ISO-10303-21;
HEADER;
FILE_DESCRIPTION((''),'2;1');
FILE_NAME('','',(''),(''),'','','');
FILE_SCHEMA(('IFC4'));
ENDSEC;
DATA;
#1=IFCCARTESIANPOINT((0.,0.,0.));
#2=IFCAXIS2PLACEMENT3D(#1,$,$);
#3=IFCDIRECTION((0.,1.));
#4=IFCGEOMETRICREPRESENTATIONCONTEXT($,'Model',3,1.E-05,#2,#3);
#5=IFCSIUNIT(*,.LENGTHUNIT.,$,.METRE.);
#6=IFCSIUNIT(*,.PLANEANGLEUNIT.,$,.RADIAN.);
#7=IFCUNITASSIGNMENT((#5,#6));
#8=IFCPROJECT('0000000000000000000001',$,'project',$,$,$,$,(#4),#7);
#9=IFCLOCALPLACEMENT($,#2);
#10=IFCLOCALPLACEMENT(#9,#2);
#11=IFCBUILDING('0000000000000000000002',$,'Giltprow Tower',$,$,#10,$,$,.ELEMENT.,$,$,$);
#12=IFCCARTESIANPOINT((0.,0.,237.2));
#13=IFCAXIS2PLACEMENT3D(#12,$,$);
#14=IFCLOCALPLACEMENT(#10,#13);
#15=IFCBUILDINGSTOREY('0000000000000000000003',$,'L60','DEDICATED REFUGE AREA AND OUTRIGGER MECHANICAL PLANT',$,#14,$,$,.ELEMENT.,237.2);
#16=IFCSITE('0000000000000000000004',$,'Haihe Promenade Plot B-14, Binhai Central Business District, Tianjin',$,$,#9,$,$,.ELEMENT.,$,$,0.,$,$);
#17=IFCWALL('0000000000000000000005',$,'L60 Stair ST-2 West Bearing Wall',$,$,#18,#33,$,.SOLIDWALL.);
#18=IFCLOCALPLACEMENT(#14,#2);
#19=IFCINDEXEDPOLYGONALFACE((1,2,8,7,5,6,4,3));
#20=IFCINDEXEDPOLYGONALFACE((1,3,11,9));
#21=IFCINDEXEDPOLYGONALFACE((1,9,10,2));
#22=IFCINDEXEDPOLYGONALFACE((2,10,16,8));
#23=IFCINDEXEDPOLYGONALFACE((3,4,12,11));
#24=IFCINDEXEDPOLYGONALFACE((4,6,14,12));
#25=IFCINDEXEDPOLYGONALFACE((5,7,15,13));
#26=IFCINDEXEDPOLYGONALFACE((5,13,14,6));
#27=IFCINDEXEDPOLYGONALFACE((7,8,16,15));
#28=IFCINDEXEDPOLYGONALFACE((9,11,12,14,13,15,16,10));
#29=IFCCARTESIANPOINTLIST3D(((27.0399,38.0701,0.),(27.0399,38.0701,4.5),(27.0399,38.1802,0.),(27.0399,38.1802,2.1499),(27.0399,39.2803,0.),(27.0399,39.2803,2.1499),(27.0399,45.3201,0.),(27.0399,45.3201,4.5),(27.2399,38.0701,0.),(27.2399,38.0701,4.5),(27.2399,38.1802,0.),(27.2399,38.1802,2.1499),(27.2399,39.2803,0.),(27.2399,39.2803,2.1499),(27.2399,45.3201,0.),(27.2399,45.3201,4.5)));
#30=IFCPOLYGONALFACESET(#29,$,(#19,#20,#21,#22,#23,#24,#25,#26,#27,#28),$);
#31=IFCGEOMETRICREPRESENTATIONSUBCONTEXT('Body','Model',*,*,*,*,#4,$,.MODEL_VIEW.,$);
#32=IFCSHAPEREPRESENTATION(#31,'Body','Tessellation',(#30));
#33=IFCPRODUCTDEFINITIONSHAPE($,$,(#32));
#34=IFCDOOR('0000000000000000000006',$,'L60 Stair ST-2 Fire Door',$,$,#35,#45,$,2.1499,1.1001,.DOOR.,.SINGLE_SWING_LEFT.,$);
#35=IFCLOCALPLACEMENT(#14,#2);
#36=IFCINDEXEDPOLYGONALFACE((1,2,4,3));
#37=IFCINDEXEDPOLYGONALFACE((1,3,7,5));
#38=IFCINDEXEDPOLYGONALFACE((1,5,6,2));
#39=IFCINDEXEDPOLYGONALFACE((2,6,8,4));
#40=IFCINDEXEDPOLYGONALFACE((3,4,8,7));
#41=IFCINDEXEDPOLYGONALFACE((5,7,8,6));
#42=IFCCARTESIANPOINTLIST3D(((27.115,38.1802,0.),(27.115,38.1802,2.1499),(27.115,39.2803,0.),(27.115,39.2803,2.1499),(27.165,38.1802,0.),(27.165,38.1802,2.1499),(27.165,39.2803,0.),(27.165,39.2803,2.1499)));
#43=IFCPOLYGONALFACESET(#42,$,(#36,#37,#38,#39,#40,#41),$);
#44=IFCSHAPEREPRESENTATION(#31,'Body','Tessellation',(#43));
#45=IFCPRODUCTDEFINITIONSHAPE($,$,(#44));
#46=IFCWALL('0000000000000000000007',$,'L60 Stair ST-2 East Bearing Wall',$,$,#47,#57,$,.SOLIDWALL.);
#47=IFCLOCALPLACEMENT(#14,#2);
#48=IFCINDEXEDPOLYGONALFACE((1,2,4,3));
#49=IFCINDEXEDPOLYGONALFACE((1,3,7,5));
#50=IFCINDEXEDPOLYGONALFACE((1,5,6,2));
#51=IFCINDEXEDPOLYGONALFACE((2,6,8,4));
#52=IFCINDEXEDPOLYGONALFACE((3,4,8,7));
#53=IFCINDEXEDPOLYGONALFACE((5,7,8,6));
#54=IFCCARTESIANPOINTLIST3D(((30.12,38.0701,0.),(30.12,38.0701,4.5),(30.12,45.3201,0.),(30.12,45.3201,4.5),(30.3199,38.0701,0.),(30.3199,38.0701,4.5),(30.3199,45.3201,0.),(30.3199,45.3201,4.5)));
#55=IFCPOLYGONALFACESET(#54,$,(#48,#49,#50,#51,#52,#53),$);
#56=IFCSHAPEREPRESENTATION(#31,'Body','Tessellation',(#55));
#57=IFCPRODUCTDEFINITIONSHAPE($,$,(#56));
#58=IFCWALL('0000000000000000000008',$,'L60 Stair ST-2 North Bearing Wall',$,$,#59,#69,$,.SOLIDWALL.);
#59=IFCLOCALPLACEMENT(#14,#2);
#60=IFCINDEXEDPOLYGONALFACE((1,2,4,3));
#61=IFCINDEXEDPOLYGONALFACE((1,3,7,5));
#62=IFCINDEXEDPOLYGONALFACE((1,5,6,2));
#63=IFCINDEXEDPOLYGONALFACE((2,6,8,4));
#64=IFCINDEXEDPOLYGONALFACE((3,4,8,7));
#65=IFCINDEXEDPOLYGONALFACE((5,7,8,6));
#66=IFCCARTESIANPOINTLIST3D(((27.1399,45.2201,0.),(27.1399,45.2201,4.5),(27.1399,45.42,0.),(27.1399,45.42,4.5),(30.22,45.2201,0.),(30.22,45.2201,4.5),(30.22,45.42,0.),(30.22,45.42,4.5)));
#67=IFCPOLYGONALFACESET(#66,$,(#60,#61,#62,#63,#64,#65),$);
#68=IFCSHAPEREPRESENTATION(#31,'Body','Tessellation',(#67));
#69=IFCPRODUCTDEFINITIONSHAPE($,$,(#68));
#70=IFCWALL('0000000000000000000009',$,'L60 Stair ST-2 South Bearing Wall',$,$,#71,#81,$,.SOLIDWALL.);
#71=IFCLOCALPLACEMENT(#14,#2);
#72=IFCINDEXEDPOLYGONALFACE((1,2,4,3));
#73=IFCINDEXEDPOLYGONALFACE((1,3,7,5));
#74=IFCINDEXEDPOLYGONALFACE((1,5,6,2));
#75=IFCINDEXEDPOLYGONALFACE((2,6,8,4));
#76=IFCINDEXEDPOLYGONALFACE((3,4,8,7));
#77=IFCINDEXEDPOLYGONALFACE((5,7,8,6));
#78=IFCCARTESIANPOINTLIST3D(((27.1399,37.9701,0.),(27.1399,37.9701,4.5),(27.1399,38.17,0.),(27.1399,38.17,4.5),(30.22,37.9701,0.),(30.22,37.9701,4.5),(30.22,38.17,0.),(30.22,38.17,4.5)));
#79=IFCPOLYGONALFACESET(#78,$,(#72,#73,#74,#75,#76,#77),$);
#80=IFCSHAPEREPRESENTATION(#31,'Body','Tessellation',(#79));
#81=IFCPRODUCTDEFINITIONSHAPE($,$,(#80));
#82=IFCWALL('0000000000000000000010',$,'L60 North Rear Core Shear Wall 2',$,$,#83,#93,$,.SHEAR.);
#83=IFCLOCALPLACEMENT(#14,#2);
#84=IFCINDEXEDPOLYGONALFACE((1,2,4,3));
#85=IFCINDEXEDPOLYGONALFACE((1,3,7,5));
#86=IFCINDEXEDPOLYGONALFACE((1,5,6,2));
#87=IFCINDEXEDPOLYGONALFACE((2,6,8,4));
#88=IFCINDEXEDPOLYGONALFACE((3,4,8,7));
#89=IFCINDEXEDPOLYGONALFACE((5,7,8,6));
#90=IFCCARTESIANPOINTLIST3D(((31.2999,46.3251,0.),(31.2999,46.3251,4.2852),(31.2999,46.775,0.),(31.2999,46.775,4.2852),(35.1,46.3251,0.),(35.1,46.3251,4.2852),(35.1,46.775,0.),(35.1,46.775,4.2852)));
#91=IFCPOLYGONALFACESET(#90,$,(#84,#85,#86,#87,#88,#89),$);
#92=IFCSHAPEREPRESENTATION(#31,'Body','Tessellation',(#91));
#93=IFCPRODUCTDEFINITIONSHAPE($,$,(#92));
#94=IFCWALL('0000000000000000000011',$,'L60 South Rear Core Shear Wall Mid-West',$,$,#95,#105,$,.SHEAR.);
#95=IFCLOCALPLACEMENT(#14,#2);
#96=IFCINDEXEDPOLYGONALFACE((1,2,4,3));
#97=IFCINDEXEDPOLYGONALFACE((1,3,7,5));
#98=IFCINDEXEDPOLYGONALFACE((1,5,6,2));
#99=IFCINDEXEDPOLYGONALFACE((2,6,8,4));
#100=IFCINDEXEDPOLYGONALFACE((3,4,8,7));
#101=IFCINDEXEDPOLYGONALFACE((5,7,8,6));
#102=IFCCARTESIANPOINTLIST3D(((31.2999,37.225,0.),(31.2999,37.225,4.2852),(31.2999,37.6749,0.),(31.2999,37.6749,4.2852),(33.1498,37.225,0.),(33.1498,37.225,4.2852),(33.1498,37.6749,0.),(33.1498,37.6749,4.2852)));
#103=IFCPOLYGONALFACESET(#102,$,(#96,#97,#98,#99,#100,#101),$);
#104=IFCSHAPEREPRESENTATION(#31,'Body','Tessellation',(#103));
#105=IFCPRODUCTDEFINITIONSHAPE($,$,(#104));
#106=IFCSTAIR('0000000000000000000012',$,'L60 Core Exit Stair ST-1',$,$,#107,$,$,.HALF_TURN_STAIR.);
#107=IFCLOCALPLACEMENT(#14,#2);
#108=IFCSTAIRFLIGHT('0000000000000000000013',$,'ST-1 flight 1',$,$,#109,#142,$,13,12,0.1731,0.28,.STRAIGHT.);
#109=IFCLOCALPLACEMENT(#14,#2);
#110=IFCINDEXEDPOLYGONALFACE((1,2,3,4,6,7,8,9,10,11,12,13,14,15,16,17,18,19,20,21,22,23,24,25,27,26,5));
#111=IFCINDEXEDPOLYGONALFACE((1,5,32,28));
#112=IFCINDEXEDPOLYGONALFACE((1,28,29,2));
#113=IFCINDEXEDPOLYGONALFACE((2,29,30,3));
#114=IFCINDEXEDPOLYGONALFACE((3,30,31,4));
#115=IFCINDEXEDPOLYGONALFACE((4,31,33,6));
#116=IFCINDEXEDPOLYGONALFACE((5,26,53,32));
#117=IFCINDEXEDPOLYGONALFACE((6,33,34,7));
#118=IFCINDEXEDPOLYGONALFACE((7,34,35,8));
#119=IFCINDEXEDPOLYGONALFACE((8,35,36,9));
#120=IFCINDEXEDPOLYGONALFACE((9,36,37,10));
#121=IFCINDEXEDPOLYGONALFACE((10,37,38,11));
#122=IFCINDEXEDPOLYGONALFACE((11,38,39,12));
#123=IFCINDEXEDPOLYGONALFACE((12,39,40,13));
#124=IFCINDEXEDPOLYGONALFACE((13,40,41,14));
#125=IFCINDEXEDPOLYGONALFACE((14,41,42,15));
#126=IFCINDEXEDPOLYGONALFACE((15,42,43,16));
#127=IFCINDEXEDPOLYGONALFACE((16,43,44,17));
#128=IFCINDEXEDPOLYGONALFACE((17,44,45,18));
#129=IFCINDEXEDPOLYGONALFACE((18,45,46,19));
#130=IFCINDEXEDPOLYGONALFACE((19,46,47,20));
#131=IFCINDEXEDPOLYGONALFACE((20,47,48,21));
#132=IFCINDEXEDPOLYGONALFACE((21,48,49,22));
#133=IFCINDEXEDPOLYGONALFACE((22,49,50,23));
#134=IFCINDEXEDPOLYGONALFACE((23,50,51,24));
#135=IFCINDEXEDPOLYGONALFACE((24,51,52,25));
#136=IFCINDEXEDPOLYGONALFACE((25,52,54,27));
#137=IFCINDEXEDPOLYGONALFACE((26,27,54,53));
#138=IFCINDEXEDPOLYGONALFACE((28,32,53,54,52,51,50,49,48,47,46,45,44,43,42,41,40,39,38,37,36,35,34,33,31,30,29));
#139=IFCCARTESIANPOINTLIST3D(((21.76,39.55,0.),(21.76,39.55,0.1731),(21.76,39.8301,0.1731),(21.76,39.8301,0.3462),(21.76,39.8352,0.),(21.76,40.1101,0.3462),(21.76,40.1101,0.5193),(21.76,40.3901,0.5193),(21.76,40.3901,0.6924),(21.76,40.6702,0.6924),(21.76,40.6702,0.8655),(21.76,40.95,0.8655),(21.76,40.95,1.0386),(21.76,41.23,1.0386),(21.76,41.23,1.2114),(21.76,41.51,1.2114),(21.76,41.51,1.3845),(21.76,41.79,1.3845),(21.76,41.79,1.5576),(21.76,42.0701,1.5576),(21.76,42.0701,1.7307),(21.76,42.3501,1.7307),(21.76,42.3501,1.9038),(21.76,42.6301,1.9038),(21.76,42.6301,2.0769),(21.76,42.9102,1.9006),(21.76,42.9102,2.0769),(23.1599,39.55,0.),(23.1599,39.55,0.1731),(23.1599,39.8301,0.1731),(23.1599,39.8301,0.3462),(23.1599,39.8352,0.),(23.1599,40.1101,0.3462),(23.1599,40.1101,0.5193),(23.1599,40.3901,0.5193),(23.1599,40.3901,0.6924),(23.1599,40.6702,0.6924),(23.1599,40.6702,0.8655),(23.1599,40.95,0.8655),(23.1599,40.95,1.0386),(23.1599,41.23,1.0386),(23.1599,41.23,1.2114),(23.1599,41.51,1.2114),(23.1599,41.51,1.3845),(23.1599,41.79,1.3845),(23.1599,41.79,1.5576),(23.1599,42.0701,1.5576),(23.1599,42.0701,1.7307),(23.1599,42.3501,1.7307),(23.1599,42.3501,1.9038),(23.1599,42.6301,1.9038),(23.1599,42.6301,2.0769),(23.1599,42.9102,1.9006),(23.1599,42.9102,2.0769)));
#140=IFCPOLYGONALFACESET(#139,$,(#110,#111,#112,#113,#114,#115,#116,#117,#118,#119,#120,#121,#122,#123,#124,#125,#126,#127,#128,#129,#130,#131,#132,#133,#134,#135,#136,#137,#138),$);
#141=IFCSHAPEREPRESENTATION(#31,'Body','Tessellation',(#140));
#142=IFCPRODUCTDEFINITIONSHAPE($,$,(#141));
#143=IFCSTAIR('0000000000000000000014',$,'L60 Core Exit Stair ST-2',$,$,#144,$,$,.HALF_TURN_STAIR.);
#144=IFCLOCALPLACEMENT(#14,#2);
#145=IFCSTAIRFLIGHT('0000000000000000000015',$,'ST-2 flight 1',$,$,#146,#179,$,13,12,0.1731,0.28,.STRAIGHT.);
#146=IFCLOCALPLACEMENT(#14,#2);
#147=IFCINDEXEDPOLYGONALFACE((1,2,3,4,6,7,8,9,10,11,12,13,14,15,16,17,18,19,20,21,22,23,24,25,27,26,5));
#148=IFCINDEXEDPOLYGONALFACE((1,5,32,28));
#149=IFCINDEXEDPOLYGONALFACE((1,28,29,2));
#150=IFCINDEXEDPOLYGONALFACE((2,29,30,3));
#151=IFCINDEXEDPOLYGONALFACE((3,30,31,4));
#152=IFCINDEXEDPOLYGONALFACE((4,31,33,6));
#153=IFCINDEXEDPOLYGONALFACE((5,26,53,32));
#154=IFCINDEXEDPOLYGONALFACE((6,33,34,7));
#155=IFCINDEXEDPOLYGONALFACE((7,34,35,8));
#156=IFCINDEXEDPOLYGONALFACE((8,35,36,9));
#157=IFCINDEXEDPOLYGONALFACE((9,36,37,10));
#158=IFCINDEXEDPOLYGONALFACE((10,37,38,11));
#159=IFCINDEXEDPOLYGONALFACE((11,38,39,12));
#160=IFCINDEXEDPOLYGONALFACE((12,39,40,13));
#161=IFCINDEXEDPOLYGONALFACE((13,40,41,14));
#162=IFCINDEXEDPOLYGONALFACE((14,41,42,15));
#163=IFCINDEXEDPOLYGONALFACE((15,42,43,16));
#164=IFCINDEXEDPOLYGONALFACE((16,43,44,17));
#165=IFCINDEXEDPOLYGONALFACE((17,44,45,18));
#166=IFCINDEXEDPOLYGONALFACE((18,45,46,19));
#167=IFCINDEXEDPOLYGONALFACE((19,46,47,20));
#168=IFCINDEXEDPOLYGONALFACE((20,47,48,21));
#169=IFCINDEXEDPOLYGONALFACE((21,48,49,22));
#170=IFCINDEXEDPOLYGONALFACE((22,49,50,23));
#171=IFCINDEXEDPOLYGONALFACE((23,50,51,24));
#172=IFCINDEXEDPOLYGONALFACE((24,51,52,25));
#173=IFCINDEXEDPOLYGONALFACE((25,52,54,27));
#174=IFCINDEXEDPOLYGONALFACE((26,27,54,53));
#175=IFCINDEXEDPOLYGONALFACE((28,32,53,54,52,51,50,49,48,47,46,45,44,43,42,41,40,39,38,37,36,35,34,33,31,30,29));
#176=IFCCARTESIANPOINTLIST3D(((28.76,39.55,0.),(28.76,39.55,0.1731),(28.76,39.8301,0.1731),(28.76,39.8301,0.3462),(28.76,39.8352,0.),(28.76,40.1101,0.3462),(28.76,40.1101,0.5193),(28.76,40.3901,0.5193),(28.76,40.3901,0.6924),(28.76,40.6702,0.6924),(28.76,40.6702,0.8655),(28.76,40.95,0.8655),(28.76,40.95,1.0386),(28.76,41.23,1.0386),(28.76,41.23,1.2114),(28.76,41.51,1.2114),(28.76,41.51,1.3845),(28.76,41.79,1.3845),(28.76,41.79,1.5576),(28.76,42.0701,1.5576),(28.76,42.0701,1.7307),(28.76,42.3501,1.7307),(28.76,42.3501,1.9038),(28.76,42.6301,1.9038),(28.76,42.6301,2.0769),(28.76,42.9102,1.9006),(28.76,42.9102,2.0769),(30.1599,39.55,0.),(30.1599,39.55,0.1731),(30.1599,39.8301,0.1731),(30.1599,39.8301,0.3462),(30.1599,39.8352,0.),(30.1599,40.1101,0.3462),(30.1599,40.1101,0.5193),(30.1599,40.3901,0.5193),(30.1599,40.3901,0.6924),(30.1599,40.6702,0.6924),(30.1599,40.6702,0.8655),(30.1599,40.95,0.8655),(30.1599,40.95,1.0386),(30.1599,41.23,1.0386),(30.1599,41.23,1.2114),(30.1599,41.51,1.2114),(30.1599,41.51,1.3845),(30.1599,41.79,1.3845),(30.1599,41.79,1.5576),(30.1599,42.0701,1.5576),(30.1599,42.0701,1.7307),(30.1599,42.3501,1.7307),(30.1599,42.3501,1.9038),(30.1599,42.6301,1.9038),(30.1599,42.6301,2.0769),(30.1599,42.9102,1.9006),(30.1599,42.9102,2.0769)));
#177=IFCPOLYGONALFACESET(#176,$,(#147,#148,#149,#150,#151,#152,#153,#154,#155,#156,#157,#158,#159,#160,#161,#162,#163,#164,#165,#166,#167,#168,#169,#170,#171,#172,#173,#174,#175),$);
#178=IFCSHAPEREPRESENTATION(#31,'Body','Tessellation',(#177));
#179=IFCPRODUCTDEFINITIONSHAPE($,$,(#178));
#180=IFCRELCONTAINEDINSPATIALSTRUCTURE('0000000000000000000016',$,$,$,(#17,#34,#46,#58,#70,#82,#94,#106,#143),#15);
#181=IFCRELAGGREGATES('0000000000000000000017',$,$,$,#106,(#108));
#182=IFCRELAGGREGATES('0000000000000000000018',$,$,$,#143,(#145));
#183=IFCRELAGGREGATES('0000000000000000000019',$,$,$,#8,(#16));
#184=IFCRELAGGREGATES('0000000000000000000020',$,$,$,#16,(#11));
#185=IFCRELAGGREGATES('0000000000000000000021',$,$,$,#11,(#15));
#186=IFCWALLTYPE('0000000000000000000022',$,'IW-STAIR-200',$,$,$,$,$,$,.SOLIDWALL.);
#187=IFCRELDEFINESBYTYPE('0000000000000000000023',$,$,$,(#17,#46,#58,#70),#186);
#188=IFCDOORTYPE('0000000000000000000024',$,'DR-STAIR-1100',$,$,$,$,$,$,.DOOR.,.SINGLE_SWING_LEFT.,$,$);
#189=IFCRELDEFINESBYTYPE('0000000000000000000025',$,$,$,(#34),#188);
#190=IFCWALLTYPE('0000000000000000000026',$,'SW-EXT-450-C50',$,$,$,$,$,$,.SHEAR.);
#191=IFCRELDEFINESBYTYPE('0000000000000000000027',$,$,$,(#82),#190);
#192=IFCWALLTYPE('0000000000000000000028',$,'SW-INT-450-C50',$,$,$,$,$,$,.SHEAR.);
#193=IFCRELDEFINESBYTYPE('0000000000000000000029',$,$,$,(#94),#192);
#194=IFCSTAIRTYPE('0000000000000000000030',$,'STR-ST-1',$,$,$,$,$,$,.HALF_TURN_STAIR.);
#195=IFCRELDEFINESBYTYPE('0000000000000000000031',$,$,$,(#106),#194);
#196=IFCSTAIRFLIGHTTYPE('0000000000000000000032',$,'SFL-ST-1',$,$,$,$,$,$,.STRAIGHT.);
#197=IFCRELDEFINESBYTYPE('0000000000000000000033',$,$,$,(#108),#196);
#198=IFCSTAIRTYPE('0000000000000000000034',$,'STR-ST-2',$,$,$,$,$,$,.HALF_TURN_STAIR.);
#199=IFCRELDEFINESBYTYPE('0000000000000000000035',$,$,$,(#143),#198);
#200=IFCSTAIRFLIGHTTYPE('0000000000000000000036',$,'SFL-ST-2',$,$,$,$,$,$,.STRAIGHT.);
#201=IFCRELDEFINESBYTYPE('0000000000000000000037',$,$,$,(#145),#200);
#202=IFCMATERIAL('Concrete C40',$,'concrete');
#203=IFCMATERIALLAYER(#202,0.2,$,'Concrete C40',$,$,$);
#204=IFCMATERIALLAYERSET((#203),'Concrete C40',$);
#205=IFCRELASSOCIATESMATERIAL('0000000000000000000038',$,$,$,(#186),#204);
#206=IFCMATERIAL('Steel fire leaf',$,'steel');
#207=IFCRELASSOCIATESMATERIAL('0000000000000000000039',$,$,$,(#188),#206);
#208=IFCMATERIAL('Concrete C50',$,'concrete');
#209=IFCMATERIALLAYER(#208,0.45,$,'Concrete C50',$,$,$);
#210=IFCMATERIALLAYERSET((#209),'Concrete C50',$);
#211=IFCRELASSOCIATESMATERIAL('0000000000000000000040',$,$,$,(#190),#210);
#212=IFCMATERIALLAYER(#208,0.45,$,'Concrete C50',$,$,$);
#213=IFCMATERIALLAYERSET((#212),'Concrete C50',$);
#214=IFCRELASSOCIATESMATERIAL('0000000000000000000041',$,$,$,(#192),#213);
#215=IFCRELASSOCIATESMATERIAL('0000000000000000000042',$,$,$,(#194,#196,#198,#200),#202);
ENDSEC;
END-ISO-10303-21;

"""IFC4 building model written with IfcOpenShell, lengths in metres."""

from ifc_helpers import new_model, si_unit, direction, frame, frame_2d, origin, place, context, subcontext, project, spatial, polyline, rectangle, outline, extrude, source, transform, mapped, material, layer, layer_set, type_object, element, fill, aggregate, save


model = new_model("IFC4")

# Units and contexts
model_context = context("Model", 3, precision=1e-05, world=origin(), true_north=direction((0.0, 1.0)))
body_context = subcontext(model_context, "Body", "Model", "MODEL_VIEW")
ifc_project = project(units=[si_unit("LENGTHUNIT", "METRE"), si_unit("PLANEANGLEUNIT", "RADIAN")], contexts=[model_context])

# Site, building, storey
site_placement = place(None, origin())
site = spatial("IfcSite", under=ifc_project, at=site_placement, Name="Haihe Promenade Plot B-14, Binhai Central Business District, Tianjin", CompositionType="ELEMENT", RefElevation=0.0)
building_placement = place(site_placement, origin())
building = spatial("IfcBuilding", under=site, at=building_placement, Name="Giltprow Tower", CompositionType="ELEMENT")
storey_placement = place(building_placement, frame((0.0, 0.0, 237.2)))
storey = spatial("IfcBuildingStorey", under=building, at=storey_placement, Name="L60", Description="DEDICATED REFUGE AREA AND OUTRIGGER MECHANICAL PLANT", CompositionType="ELEMENT", Elevation=237.2)

# Shared definitions
ifc_material_1 = material(Name="Concrete C50", Category="concrete")

# Shared definitions
ifc_material_2 = material(Name="Concrete C40", Category="concrete")

# Wall, opening, door
ifc_layer_1 = layer(ifc_material_2, 0.2, Name="Concrete C40")
ifc_layer_set_1 = layer_set([ifc_layer_1], Name="Concrete C40")
wall_type_1 = type_object("IfcWallType", Name="IW-STAIR-200", PredefinedType="SOLIDWALL", material=ifc_layer_set_1)
ifc_material_3 = material(Name="Steel fire leaf", Category="steel")
door_type_1 = type_object("IfcDoorType", Name="DR-STAIR-1100", OperationType="SINGLE_SWING_LEFT", PredefinedType="DOOR", material=ifc_material_3)
shared_shape_1 = source(origin(), body_context, "Body", "SweptSolid", [
    extrude(rectangle(XDim=1.1001, YDim=2.1499, at=frame_2d((0.55, 1.075))), frame((0.0, 0.0249, 0.0), z_axis=(0.0, -1.0, 0.0), x_axis=(1.0, 0.0, 0.0)), (0.0, 0.0, 1.0), 0.05),
])
wall_1_placement = place(storey_placement, frame((27.1399, 38.0701, 0.0), z_axis=(0.0, 0.0, 1.0), x_axis=(0.0, 1.0, 0.0)))
wall_1 = element("IfcWall", 1, at=wall_1_placement, inside=storey, type_object=wall_type_1, Name="L60 Stair ST-2 West Bearing Wall", PredefinedType="SOLIDWALL", context=body_context, shape_type="SweptSolid", body=[
    extrude(rectangle(XDim=7.25, YDim=0.2, at=frame_2d((3.625, 0.0))), origin(), (0.0, 0.0, 1.0), 4.5),
])
opening_1_placement = place(wall_1_placement, frame((0.1101, 0.0, 0.0)))
opening_1 = element("IfcOpeningElement", 2, at=opening_1_placement, cuts=wall_1, PredefinedType="OPENING", context=body_context, shape_type="SweptSolid", body=[
    extrude(rectangle(XDim=1.1001, YDim=2.1499, at=frame_2d((0.55, 1.075))), frame((0.0, 0.1099, 0.0), z_axis=(0.0, -1.0, 0.0), x_axis=(1.0, 0.0, 0.0)), (0.0, 0.0, 1.0), 0.22),
])
door_1_placement = place(opening_1_placement, origin())
door_1 = element("IfcDoor", 3, at=door_1_placement, inside=storey, type_object=door_type_1, Name="L60 Stair ST-2 Fire Door", OperationType="SINGLE_SWING_LEFT", OverallHeight=2.1499, OverallWidth=1.1001, PredefinedType="DOOR", context=body_context, shape_type="MappedRepresentation", body=[
    mapped(shared_shape_1, transform((0.0, 0.0, 0.0), x_axis=(1.0, 0.0, 0.0), y_axis=(0.0, 1.0, 0.0), z_axis=(0.0, 0.0, 1.0), scale=1.0)),
])
fill(opening_1, door_1)

# Walls
wall_2_placement = place(storey_placement, frame((30.22, 38.0701, 0.0), z_axis=(0.0, 0.0, 1.0), x_axis=(0.0, 1.0, 0.0)))
element("IfcWall", 4, at=wall_2_placement, inside=storey, type_object=wall_type_1, Name="L60 Stair ST-2 East Bearing Wall", PredefinedType="SOLIDWALL", context=body_context, shape_type="SweptSolid", body=[
    extrude(rectangle(XDim=7.25, YDim=0.2, at=frame_2d((3.625, 0.0))), origin(), (0.0, 0.0, 1.0), 4.5),
])
for number, where, z_axis, x_axis, name in (
    (5, (27.1399, 45.3201, 0.0), (0.0, 0.0, 1.0), (1.0, 0.0, 0.0), "L60 Stair ST-2 North Bearing Wall"),
    (6, (27.1399, 38.0701, 0.0), (0.0, 0.0, 1.0), (1.0, 0.0, 0.0), "L60 Stair ST-2 South Bearing Wall"),
):
    element("IfcWall", number, at=place(storey_placement, frame(where, z_axis=z_axis, x_axis=x_axis)), inside=storey, type_object=wall_type_1, Name=name, PredefinedType="SOLIDWALL", context=body_context, shape_type="SweptSolid", body=[
        extrude(rectangle(XDim=3.0801, YDim=0.2, at=frame_2d((1.54, 0.0))), origin(), (0.0, 0.0, 1.0), 4.5),
    ])
ifc_layer_2 = layer(ifc_material_1, 0.45, Name="Concrete C50")
ifc_layer_set_2 = layer_set([ifc_layer_2], Name="Concrete C50")
wall_type_2 = type_object("IfcWallType", Name="SW-EXT-450-C50", PredefinedType="SHEAR", material=ifc_layer_set_2)
wall_3_placement = place(storey_placement, frame((31.3, 46.55, 0.0), z_axis=(0.0, 0.0, 1.0), x_axis=(1.0, 0.0, 0.0)))
element("IfcWall", 7, at=wall_3_placement, inside=storey, type_object=wall_type_2, Name="L60 North Rear Core Shear Wall 2", PredefinedType="SHEAR", context=body_context, shape_type="SweptSolid", body=[
    extrude(rectangle(XDim=3.8, YDim=0.45, at=frame_2d((1.8999, 0.0))), origin(), (0.0, 0.0, 1.0), 4.2852),
])
ifc_layer_3 = layer(ifc_material_1, 0.45, Name="Concrete C50")
ifc_layer_set_3 = layer_set([ifc_layer_3], Name="Concrete C50")
wall_type_3 = type_object("IfcWallType", Name="SW-INT-450-C50", PredefinedType="SHEAR", material=ifc_layer_set_3)
wall_4_placement = place(storey_placement, frame((31.3, 37.45, 0.0), z_axis=(0.0, 0.0, 1.0), x_axis=(1.0, 0.0, 0.0)))
element("IfcWall", 8, at=wall_4_placement, inside=storey, type_object=wall_type_3, Name="L60 South Rear Core Shear Wall Mid-West", PredefinedType="SHEAR", context=body_context, shape_type="SweptSolid", body=[
    extrude(rectangle(XDim=1.8499, YDim=0.45, at=frame_2d((0.9248, 0.0))), origin(), (0.0, 0.0, 1.0), 4.2852),
])

# Stair, stair flight
stair_type_1 = type_object("IfcStairType", Name="STR-ST-1", PredefinedType="HALF_TURN_STAIR", material=ifc_material_2)
stair_1_placement = place(storey_placement, origin())
stair_1 = element("IfcStair", 9, at=stair_1_placement, inside=storey, type_object=stair_type_1, Name="L60 Core Exit Stair ST-1", PredefinedType="HALF_TURN_STAIR")
stair_flight_type_1 = type_object("IfcStairFlightType", Name="SFL-ST-1", PredefinedType="STRAIGHT", material=ifc_material_2)
stair_flight_1_placement = place(storey_placement, frame((22.46, 39.55, 0.0), z_axis=(0.0, 0.0, 1.0), x_axis=(0.0, 1.0, 0.0)))
stair_flight_1 = element("IfcStairFlight", 10, at=stair_flight_1_placement, type_object=stair_flight_type_1, Name="ST-1 flight 1", NumberOfRisers=13, NumberOfTreads=12, PredefinedType="STRAIGHT", RiserHeight=0.1731, TreadLength=0.28, context=body_context, shape_type="SweptSolid", body=[
    extrude(outline(polyline([(0.0, 0.0), (0.0, 0.1731), (0.28, 0.1731), (0.28, 0.3462), (0.5601, 0.3462), (0.5601, 0.5193), (0.8401, 0.5193), (0.8401, 0.6924), (1.1201, 0.6924), (1.1201, 0.8655), (1.3999, 0.8655), (1.3999, 1.0386), (1.6799, 1.0386), (1.6799, 1.2114), (1.96, 1.2114), (1.96, 1.3845), (2.24, 1.3845), (2.24, 1.5576), (2.52, 1.5576), (2.52, 1.7307), (2.8, 1.7307), (2.8, 1.9038), (3.0801, 1.9038), (3.0801, 2.0769), (3.3601, 2.0769), (3.3601, 2.25), (3.3601, 1.9006), (0.2852, 0.0), (0.0, 0.0)])), frame((0.0, 0.7, 0.0), z_axis=(0.0, -1.0, 0.0), x_axis=(1.0, 0.0, 0.0)), (0.0, 0.0, 1.0), 1.3999),
])
aggregate(stair_1, [stair_flight_1])

# Stair, stair flight
stair_type_2 = type_object("IfcStairType", Name="STR-ST-2", PredefinedType="HALF_TURN_STAIR", material=ifc_material_2)
stair_2_placement = place(storey_placement, origin())
stair_2 = element("IfcStair", 11, at=stair_2_placement, inside=storey, type_object=stair_type_2, Name="L60 Core Exit Stair ST-2", PredefinedType="HALF_TURN_STAIR")
stair_flight_type_2 = type_object("IfcStairFlightType", Name="SFL-ST-2", PredefinedType="STRAIGHT", material=ifc_material_2)
stair_flight_2_placement = place(storey_placement, frame((29.46, 39.55, 0.0), z_axis=(0.0, 0.0, 1.0), x_axis=(0.0, 1.0, 0.0)))
stair_flight_2 = element("IfcStairFlight", 12, at=stair_flight_2_placement, type_object=stair_flight_type_2, Name="ST-2 flight 1", NumberOfRisers=13, NumberOfTreads=12, PredefinedType="STRAIGHT", RiserHeight=0.1731, TreadLength=0.28, context=body_context, shape_type="SweptSolid", body=[
    extrude(outline(polyline([(0.0, 0.0), (0.0, 0.1731), (0.28, 0.1731), (0.28, 0.3462), (0.5601, 0.3462), (0.5601, 0.5193), (0.8401, 0.5193), (0.8401, 0.6924), (1.1201, 0.6924), (1.1201, 0.8655), (1.3999, 0.8655), (1.3999, 1.0386), (1.6799, 1.0386), (1.6799, 1.2114), (1.96, 1.2114), (1.96, 1.3845), (2.24, 1.3845), (2.24, 1.5576), (2.52, 1.5576), (2.52, 1.7307), (2.8, 1.7307), (2.8, 1.9038), (3.0801, 1.9038), (3.0801, 2.0769), (3.3601, 2.0769), (3.3601, 2.25), (3.3601, 1.9006), (0.2852, 0.0), (0.0, 0.0)])), frame((0.0, 0.7, 0.0), z_axis=(0.0, -1.0, 0.0), x_axis=(1.0, 0.0, 0.0)), (0.0, 0.0, 1.0), 1.3999),
])
aggregate(stair_2, [stair_flight_2])

save(model, "model.ifc")
